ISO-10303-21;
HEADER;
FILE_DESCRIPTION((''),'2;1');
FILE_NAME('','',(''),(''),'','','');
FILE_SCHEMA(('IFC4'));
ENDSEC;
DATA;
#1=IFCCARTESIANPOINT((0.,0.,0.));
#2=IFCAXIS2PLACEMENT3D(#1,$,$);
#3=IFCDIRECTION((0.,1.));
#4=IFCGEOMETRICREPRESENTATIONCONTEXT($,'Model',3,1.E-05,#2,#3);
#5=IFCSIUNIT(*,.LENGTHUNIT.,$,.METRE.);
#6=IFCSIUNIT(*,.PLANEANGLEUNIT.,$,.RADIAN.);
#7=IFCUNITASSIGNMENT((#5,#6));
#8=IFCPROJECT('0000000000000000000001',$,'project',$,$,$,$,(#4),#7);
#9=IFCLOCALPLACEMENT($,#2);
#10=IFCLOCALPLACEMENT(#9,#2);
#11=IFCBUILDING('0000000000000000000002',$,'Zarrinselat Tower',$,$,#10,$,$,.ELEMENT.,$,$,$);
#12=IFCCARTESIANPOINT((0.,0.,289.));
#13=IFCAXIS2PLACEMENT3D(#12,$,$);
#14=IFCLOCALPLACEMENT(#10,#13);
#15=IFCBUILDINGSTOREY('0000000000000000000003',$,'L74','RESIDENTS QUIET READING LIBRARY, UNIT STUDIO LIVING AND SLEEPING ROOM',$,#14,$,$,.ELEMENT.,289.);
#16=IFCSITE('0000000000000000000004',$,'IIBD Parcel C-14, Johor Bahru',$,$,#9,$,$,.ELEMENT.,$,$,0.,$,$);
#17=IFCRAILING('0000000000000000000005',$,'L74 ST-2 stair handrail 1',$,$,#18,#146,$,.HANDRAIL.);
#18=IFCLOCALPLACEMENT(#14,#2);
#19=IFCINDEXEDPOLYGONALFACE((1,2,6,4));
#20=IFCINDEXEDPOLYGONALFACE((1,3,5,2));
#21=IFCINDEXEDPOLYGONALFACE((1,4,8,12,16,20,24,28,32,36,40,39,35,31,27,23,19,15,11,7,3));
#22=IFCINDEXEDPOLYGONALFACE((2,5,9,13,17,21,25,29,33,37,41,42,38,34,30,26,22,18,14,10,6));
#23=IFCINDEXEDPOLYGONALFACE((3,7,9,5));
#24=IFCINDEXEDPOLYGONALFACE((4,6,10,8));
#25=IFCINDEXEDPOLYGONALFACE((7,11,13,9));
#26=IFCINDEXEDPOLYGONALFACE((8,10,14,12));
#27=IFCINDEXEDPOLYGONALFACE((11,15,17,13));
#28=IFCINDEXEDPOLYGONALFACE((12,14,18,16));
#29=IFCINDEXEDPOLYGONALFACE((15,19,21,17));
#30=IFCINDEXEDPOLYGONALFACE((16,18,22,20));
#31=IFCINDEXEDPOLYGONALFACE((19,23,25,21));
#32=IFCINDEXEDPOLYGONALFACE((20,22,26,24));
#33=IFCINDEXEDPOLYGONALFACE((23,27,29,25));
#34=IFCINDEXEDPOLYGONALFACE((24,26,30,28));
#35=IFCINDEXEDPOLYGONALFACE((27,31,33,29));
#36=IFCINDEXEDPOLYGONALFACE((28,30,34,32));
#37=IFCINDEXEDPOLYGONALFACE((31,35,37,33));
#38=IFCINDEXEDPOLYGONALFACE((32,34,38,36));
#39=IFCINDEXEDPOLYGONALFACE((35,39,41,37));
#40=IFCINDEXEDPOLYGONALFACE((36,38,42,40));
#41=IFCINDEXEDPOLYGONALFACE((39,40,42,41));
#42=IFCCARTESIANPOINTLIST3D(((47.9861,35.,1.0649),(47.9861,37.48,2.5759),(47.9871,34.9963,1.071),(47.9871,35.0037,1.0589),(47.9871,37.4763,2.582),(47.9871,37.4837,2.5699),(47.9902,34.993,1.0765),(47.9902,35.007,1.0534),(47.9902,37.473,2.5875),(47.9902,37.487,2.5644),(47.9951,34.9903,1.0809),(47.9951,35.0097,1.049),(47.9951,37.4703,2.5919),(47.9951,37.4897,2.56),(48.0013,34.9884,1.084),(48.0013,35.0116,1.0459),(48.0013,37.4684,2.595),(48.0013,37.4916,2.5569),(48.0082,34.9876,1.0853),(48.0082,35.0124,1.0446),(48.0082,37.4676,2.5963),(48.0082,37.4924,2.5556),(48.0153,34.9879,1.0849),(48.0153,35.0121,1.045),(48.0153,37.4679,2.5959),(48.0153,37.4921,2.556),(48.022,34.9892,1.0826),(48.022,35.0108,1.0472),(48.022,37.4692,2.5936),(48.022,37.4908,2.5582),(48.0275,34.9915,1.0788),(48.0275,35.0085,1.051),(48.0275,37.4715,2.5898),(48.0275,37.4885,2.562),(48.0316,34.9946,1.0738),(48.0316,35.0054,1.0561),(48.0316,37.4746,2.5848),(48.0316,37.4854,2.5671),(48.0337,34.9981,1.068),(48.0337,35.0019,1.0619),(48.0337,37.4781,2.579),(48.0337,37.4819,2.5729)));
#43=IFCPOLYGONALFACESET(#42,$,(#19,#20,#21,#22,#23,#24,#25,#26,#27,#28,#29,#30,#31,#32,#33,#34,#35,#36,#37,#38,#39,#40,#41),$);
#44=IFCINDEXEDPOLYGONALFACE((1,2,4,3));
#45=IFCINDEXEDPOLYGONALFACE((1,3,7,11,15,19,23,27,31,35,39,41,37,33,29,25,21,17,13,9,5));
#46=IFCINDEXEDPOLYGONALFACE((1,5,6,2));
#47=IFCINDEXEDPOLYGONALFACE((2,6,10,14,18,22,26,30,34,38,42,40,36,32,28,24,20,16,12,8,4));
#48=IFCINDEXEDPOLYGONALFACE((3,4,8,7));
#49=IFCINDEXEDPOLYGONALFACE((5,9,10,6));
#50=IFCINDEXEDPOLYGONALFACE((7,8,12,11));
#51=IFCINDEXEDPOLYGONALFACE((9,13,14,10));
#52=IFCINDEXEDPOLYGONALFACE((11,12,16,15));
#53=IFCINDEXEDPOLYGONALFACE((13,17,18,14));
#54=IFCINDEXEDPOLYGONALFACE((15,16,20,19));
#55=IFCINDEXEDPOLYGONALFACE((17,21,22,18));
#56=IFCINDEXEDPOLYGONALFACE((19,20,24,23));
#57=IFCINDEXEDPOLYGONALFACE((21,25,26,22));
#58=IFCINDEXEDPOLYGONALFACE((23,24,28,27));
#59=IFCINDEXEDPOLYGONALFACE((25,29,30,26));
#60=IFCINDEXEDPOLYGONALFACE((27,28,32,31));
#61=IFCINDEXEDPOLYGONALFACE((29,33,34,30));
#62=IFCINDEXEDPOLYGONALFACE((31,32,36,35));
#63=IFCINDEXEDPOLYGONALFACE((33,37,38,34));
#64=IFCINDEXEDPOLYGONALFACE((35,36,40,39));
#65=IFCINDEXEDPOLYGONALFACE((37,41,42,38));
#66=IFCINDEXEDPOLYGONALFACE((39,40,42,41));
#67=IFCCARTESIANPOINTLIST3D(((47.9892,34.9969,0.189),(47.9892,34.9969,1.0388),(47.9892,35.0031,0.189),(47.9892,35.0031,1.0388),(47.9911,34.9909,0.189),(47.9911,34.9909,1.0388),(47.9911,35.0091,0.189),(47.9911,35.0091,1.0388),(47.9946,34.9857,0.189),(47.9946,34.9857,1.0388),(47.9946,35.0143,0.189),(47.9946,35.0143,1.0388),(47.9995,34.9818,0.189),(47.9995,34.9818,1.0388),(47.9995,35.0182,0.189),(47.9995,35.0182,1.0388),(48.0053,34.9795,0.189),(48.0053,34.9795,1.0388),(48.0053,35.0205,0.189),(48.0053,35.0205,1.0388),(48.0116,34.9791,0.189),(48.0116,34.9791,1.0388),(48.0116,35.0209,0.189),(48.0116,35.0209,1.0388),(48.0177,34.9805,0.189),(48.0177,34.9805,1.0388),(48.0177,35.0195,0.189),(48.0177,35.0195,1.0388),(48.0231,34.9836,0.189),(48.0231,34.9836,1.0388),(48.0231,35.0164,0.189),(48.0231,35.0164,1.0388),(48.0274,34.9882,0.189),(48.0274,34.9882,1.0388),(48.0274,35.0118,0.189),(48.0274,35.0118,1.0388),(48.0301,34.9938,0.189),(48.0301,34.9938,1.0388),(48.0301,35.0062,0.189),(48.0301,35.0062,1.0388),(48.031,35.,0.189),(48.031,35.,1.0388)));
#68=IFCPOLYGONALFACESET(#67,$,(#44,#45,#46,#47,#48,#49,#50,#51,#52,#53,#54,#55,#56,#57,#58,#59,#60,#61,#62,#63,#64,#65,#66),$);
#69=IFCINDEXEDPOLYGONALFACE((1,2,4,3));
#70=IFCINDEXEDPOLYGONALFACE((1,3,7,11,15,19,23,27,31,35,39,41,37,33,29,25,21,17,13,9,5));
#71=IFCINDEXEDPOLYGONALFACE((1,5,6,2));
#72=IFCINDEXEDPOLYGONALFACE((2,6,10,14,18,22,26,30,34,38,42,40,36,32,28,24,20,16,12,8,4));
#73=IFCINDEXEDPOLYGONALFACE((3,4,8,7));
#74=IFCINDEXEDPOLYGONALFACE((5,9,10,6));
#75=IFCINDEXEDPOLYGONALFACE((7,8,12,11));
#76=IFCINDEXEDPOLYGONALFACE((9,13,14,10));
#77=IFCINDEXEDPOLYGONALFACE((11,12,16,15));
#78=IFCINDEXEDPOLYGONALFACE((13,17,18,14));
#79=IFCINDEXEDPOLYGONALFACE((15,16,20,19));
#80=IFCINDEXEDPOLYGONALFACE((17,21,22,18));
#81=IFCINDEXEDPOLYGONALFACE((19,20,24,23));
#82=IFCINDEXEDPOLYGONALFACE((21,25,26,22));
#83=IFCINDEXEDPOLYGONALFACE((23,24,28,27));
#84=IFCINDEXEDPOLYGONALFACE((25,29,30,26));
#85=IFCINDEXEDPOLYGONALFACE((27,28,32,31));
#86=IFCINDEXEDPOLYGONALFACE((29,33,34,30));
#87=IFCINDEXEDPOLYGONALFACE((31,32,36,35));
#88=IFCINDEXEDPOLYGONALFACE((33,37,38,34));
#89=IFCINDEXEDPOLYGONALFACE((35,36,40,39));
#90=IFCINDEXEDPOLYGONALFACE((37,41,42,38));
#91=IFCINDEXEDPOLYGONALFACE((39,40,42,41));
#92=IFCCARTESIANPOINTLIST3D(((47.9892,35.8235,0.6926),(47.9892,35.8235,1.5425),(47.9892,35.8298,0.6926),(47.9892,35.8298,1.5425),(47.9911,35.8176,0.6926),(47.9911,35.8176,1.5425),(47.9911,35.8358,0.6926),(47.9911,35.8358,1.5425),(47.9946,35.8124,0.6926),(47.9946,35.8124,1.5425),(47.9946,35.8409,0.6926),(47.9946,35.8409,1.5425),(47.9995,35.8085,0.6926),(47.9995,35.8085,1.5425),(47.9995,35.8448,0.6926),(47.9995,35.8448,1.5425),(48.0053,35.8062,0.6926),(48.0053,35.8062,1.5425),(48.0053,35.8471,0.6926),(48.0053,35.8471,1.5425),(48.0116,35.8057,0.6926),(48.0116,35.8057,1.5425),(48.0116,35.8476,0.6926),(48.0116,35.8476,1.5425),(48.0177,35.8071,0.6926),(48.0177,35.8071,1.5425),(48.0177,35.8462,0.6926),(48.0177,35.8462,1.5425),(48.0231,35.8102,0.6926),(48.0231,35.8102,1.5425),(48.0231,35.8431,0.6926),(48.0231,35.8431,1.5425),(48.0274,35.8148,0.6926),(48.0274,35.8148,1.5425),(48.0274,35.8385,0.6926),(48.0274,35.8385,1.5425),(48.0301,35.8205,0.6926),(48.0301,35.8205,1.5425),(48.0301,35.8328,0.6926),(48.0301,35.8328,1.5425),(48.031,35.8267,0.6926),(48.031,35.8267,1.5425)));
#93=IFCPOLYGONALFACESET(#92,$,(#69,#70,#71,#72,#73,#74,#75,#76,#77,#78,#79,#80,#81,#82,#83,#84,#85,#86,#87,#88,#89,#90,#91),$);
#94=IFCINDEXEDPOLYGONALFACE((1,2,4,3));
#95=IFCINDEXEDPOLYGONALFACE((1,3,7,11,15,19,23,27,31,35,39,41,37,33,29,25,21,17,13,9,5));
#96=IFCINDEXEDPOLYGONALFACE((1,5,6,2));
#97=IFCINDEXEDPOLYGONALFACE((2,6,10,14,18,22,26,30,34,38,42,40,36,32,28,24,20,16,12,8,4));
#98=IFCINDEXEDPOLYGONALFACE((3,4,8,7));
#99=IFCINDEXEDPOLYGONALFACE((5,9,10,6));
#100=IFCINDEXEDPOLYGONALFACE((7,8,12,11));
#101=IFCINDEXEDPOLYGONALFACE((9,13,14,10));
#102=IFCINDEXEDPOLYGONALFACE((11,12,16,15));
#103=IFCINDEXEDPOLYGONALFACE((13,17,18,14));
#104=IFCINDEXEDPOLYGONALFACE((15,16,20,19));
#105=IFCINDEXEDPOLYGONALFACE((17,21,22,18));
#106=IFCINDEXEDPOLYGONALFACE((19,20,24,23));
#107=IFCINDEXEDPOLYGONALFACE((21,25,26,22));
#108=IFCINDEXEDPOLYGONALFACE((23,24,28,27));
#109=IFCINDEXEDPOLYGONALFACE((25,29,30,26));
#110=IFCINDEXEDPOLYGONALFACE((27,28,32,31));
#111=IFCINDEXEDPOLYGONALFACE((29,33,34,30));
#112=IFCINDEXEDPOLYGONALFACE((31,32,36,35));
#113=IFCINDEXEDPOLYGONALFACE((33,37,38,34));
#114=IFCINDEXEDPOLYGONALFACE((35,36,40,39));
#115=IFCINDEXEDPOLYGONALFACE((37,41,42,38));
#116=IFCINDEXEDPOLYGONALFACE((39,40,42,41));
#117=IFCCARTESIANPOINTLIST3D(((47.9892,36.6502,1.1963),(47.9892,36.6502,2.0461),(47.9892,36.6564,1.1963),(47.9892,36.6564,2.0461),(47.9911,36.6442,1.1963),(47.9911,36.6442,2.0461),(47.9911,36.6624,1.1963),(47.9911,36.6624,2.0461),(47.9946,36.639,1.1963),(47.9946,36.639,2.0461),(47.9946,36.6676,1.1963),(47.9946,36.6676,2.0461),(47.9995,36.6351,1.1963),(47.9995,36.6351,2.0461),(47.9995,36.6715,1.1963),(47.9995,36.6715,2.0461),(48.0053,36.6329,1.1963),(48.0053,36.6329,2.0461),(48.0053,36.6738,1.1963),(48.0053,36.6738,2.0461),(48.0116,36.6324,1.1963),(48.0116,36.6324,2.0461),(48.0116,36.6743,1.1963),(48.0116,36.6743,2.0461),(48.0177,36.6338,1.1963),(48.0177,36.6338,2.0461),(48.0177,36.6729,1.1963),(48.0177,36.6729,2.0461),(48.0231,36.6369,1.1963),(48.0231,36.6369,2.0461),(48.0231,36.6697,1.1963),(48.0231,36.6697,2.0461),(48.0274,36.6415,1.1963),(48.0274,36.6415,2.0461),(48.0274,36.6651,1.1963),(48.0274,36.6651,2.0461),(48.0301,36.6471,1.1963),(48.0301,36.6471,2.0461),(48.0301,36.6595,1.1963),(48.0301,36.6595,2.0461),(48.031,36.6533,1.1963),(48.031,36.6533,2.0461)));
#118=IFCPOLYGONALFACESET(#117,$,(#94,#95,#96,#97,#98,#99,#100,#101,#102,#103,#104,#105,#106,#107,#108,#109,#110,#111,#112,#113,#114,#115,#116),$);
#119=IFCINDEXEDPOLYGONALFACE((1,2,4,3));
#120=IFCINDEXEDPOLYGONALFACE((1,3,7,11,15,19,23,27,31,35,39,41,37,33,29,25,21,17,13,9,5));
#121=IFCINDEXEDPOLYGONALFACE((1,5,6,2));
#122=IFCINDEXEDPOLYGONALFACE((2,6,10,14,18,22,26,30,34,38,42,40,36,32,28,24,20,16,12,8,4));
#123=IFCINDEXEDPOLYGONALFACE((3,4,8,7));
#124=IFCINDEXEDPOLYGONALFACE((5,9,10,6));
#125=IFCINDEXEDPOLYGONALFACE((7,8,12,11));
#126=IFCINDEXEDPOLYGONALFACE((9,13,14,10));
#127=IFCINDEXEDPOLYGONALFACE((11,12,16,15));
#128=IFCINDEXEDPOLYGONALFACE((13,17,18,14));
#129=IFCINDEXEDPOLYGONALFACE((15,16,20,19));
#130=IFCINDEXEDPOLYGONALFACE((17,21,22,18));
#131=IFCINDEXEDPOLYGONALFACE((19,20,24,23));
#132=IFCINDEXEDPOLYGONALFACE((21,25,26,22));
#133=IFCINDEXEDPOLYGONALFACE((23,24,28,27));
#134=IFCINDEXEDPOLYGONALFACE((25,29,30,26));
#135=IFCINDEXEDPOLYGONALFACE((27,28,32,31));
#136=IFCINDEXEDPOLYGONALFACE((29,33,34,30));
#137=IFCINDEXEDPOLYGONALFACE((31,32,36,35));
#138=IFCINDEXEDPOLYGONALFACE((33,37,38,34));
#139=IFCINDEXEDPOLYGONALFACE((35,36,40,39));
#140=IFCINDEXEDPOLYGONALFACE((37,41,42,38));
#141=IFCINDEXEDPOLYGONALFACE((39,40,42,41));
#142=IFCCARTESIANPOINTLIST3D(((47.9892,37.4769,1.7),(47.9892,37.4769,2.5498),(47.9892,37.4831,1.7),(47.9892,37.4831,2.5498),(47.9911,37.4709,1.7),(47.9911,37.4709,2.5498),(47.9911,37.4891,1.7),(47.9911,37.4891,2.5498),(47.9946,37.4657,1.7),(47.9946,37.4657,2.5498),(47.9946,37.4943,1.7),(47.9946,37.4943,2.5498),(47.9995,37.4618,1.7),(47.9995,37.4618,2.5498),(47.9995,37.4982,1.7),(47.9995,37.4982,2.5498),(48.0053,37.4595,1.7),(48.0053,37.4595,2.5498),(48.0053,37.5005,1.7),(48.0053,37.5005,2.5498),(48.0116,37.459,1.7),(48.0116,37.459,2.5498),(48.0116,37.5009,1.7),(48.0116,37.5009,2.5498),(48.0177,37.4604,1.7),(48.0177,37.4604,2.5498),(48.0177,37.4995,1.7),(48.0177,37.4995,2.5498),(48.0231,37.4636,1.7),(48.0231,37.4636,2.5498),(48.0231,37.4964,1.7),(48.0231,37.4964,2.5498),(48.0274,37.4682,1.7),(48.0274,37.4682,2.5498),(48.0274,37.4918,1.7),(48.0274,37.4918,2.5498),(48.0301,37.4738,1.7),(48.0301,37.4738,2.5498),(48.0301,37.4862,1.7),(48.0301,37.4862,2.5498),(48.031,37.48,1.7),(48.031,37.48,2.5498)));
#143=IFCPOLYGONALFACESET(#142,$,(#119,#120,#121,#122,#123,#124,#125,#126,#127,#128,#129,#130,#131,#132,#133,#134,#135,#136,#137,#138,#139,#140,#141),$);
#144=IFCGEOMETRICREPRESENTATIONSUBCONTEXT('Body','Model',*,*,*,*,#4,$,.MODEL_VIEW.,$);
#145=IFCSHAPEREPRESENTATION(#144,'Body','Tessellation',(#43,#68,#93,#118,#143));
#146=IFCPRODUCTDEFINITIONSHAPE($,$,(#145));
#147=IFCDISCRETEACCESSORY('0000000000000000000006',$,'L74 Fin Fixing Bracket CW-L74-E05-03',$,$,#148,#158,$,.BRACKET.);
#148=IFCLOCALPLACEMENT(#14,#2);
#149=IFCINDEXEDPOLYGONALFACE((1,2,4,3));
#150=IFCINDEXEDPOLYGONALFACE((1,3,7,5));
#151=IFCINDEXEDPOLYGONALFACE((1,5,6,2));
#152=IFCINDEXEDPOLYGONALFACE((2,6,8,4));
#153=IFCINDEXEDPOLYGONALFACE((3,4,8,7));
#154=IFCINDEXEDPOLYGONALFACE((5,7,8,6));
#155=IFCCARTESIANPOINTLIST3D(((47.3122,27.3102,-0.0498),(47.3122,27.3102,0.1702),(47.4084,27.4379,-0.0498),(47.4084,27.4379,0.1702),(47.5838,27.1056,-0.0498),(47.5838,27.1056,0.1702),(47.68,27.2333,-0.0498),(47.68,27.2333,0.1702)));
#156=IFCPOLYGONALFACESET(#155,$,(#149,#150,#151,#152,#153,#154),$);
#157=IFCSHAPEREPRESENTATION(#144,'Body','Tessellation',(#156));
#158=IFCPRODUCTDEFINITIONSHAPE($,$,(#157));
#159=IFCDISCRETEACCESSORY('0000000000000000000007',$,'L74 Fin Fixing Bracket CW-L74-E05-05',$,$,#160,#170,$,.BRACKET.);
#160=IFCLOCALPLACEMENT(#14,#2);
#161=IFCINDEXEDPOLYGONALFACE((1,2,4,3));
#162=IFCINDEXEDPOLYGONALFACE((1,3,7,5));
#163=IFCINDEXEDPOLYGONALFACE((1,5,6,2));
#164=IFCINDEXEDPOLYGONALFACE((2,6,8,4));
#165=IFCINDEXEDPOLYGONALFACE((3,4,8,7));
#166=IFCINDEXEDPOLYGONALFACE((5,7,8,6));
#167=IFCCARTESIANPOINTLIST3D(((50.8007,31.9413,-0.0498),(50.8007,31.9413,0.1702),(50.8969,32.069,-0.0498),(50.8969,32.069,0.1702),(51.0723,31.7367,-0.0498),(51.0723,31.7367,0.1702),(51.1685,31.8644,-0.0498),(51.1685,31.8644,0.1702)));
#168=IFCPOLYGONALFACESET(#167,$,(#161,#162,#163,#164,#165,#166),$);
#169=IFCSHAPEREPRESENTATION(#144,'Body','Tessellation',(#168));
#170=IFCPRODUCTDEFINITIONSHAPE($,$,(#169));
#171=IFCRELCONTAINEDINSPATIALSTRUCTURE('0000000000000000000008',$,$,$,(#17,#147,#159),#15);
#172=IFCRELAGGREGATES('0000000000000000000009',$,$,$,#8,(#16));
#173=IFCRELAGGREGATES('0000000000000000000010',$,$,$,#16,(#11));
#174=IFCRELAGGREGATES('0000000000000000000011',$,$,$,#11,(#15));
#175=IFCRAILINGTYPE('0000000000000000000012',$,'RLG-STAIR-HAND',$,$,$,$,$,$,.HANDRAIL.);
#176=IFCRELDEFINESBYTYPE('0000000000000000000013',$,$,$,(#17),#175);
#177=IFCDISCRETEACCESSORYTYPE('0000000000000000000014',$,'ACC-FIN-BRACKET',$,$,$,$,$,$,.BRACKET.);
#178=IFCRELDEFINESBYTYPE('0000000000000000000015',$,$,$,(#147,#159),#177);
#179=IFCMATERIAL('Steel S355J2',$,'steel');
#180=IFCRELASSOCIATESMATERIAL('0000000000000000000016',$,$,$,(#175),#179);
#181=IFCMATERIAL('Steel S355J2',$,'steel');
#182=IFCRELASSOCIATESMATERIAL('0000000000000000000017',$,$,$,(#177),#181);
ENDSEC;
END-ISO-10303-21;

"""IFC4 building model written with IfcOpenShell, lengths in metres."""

from ifc_helpers import new_model, si_unit, direction, frame, origin, origin_2d, place, context, subcontext, project, spatial, rectangle, circle, extrude, material, type_object, element, save


model = new_model("IFC4")

# Units and contexts
model_context = context("Model", 3, precision=1e-05, world=origin(), true_north=direction((0.0, 1.0)))
body_context = subcontext(model_context, "Body", "Model", "MODEL_VIEW")
ifc_project = project(units=[si_unit("LENGTHUNIT", "METRE"), si_unit("PLANEANGLEUNIT", "RADIAN")], contexts=[model_context])

# Site, building, storey
site_placement = place(None, origin())
site = spatial("IfcSite", under=ifc_project, at=site_placement, Name="IIBD Parcel C-14, Johor Bahru", CompositionType="ELEMENT", RefElevation=0.0)
building_placement = place(site_placement, origin())
building = spatial("IfcBuilding", under=site, at=building_placement, Name="Zarrinselat Tower", CompositionType="ELEMENT")
storey_placement = place(building_placement, frame((0.0, 0.0, 289.0)))
storey = spatial("IfcBuildingStorey", under=building, at=storey_placement, Name="L74", Description="RESIDENTS QUIET READING LIBRARY, UNIT STUDIO LIVING AND SLEEPING ROOM", CompositionType="ELEMENT", Elevation=289.0)

# Railing
ifc_material_1 = material(Name="Steel S355J2", Category="steel")
railing_type_1 = type_object("IfcRailingType", Name="RLG-STAIR-HAND", PredefinedType="HANDRAIL", material=ifc_material_1)
railing_1_placement = place(storey_placement, frame((48.01, 35.0, 0.189)))
element("IfcRailing", 1, at=railing_1_placement, inside=storey, type_object=railing_type_1, Name="L74 ST-2 stair handrail 1", PredefinedType="HANDRAIL", context=body_context, shape_type="SweptSolid", body=[
    extrude(circle(Radius=0.0239, at=origin_2d()), frame((0.0, 0.0, 0.876), z_axis=(0.0, 0.853979, 0.520307), x_axis=(-1.0, 0.0, 0.0)), (0.0, 0.0, 1.0), 2.9041),
    extrude(circle(Radius=0.021, at=origin_2d()), origin(), (0.0, 0.0, 1.0), 0.8499),
    extrude(circle(Radius=0.021, at=origin_2d()), frame((0.0, 0.8267, 0.5037)), (0.0, 0.0, 1.0), 0.8499),
    extrude(circle(Radius=0.021, at=origin_2d()), frame((0.0, 1.6533, 1.0073)), (0.0, 0.0, 1.0), 0.8499),
    extrude(circle(Radius=0.021, at=origin_2d()), frame((0.0, 2.48, 1.511)), (0.0, 0.0, 1.0), 0.8499),
])

# Discrete accessories
ifc_material_2 = material(Name="Steel S355J2", Category="steel")
discrete_accessory_type = type_object("IfcDiscreteAccessoryType", Name="ACC-FIN-BRACKET", PredefinedType="BRACKET", material=ifc_material_2)
for number, where, z_axis, x_axis, name in (
    (2, (47.4961, 27.2717, -0.0498), (0.0, 0.0, 1.0), (0.798743, -0.601673, 0.0), "L74 Fin Fixing Bracket CW-L74-E05-03"),
    (3, (50.9846, 31.9028, -0.0498), (0.0, 0.0, 1.0), (0.798743, -0.601673, 0.0), "L74 Fin Fixing Bracket CW-L74-E05-05"),
):
    element("IfcDiscreteAccessory", number, at=place(storey_placement, frame(where, z_axis=z_axis, x_axis=x_axis)), inside=storey, type_object=discrete_accessory_type, Name=name, PredefinedType="BRACKET", context=body_context, shape_type="SweptSolid", body=[
        extrude(rectangle(XDim=0.3401, YDim=0.1599, at=origin_2d()), origin(), (0.0, 0.0, 1.0), 0.22),
    ])

save(model, "model.ifc")
